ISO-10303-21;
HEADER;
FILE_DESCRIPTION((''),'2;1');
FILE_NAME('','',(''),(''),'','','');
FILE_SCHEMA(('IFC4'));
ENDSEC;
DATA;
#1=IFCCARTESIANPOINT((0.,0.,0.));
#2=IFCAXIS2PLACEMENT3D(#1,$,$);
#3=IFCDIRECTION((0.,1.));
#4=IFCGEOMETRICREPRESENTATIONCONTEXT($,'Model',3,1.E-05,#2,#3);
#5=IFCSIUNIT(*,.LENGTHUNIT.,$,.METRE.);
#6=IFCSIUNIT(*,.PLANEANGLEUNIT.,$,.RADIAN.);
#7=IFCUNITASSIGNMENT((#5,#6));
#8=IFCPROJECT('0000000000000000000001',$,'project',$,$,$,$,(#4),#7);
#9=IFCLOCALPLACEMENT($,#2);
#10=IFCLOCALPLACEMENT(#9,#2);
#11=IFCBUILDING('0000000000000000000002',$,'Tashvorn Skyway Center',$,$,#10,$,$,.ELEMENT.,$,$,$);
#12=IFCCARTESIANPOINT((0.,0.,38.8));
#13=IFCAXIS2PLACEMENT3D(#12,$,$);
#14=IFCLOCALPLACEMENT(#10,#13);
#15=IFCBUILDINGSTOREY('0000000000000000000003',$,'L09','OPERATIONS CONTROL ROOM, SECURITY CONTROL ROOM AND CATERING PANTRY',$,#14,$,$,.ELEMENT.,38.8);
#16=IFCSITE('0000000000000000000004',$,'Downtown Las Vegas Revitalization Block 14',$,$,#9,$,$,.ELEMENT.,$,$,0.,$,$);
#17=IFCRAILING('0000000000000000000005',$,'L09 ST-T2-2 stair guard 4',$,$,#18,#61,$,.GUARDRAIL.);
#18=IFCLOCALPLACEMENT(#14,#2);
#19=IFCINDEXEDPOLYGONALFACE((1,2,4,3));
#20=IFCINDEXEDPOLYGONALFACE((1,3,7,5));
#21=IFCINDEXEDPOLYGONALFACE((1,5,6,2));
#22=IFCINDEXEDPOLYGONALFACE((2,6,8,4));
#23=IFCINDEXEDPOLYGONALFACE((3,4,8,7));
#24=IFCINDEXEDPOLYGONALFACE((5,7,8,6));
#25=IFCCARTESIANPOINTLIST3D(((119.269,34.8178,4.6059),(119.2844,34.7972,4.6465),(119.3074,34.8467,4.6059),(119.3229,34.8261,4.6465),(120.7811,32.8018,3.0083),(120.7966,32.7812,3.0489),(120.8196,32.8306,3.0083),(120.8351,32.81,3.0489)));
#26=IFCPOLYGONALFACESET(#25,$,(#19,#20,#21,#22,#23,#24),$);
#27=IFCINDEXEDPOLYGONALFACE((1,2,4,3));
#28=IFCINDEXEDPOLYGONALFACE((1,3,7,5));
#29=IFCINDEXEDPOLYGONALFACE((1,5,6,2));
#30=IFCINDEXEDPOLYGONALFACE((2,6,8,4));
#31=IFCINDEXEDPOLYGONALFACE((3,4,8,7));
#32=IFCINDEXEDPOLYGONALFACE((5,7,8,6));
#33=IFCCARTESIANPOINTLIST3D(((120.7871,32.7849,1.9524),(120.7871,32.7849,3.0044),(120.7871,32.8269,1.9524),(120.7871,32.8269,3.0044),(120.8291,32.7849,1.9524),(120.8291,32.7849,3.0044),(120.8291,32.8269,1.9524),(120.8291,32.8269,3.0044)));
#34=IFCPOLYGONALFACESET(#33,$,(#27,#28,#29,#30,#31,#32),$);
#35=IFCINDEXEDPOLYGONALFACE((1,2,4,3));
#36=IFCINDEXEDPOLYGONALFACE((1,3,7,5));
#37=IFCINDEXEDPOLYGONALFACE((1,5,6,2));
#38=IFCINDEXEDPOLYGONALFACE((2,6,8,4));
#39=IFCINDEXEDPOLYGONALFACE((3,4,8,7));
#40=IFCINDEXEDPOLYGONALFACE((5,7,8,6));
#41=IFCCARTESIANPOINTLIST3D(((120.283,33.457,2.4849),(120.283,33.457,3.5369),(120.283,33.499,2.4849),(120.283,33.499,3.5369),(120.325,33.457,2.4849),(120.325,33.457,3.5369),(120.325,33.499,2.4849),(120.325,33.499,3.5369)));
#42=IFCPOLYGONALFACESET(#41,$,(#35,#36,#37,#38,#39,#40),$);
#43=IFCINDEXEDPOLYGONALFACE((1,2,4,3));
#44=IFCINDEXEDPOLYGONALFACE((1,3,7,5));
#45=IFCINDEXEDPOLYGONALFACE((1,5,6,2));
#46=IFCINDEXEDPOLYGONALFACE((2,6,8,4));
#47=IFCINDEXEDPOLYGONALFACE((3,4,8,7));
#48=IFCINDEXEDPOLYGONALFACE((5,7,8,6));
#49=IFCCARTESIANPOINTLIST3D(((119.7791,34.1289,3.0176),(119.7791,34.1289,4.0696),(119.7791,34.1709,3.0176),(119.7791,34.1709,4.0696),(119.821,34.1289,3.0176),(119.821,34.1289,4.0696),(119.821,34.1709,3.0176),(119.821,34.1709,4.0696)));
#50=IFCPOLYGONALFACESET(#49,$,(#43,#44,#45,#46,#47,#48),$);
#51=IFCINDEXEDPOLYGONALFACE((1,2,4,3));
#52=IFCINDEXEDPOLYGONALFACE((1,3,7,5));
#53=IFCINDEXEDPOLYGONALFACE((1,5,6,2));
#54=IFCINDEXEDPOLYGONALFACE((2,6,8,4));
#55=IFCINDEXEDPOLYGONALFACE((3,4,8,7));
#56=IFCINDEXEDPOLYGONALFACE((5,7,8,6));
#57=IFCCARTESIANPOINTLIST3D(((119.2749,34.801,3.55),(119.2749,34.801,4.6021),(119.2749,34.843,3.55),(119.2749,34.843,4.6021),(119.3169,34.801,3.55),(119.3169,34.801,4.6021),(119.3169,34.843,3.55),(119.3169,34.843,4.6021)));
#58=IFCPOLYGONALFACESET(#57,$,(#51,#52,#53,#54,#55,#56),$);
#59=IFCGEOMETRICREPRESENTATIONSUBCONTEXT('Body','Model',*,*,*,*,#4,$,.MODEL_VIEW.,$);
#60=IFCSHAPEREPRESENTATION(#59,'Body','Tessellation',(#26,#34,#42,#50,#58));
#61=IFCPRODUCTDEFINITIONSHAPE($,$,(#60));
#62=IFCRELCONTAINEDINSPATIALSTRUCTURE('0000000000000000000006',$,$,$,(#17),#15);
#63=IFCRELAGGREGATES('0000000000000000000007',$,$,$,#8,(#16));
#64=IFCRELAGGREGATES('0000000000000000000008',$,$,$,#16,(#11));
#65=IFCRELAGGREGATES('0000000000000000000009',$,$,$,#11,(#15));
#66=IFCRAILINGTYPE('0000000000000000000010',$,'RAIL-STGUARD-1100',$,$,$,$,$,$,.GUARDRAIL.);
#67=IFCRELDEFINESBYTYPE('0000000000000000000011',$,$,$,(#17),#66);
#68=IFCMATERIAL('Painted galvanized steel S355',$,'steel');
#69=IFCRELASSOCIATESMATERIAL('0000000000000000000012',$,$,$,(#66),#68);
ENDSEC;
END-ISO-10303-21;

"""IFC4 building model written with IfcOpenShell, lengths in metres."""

from ifc_helpers import new_model, si_unit, direction, frame, origin, origin_2d, place, context, subcontext, project, spatial, rectangle, extrude, material, type_object, element, save


model = new_model("IFC4")

# Units and contexts
model_context = context("Model", 3, precision=1e-05, world=origin(), true_north=direction((0.0, 1.0)))
body_context = subcontext(model_context, "Body", "Model", "MODEL_VIEW")
ifc_project = project(units=[si_unit("LENGTHUNIT", "METRE"), si_unit("PLANEANGLEUNIT", "RADIAN")], contexts=[model_context])

# Site, building, storey
site_placement = place(None, origin())
site = spatial("IfcSite", under=ifc_project, at=site_placement, Name="Downtown Las Vegas Revitalization Block 14", CompositionType="ELEMENT", RefElevation=0.0)
building_placement = place(site_placement, origin())
building = spatial("IfcBuilding", under=site, at=building_placement, Name="Tashvorn Skyway Center", CompositionType="ELEMENT")
storey_placement = place(building_placement, frame((0.0, 0.0, 38.8)))
storey = spatial("IfcBuildingStorey", under=building, at=storey_placement, Name="L09", Description="OPERATIONS CONTROL ROOM, SECURITY CONTROL ROOM AND CATERING PANTRY", CompositionType="ELEMENT", Elevation=38.8)

# Railing
ifc_material_1 = material(Name="Painted galvanized steel S355", Category="steel")
railing_type_1 = type_object("IfcRailingType", Name="RAIL-STGUARD-1100", PredefinedType="GUARDRAIL", material=ifc_material_1)
railing_1_placement = place(storey_placement, frame((120.8081, 32.8059, 1.9524)))
element("IfcRailing", 1, at=railing_1_placement, inside=storey, type_object=railing_type_1, Name="L09 ST-T2-2 stair guard 4", PredefinedType="GUARDRAIL", context=body_context, shape_type="SweptSolid", body=[
    extrude(rectangle(XDim=0.0481, YDim=0.0481, at=origin_2d()), frame((0.0, 0.0, 1.0762), z_axis=(-0.506779, 0.675651, 0.535416), x_axis=(-0.799977, -0.600031, 0.0)), (0.0, 0.0, 1.0), 2.9839),
    extrude(rectangle(XDim=0.042, YDim=0.042, at=origin_2d()), origin(), (0.0, 0.0, 1.0), 1.052),
    extrude(rectangle(XDim=0.042, YDim=0.042, at=origin_2d()), frame((-0.5042, 0.6721, 0.5325)), (0.0, 0.0, 1.0), 1.052),
    extrude(rectangle(XDim=0.042, YDim=0.042, at=origin_2d()), frame((-1.0081, 1.344, 1.0652)), (0.0, 0.0, 1.0), 1.052),
    extrude(rectangle(XDim=0.042, YDim=0.042, at=origin_2d()), frame((-1.5122, 2.0161, 1.5977)), (0.0, 0.0, 1.0), 1.052),
])

save(model, "model.ifc")
